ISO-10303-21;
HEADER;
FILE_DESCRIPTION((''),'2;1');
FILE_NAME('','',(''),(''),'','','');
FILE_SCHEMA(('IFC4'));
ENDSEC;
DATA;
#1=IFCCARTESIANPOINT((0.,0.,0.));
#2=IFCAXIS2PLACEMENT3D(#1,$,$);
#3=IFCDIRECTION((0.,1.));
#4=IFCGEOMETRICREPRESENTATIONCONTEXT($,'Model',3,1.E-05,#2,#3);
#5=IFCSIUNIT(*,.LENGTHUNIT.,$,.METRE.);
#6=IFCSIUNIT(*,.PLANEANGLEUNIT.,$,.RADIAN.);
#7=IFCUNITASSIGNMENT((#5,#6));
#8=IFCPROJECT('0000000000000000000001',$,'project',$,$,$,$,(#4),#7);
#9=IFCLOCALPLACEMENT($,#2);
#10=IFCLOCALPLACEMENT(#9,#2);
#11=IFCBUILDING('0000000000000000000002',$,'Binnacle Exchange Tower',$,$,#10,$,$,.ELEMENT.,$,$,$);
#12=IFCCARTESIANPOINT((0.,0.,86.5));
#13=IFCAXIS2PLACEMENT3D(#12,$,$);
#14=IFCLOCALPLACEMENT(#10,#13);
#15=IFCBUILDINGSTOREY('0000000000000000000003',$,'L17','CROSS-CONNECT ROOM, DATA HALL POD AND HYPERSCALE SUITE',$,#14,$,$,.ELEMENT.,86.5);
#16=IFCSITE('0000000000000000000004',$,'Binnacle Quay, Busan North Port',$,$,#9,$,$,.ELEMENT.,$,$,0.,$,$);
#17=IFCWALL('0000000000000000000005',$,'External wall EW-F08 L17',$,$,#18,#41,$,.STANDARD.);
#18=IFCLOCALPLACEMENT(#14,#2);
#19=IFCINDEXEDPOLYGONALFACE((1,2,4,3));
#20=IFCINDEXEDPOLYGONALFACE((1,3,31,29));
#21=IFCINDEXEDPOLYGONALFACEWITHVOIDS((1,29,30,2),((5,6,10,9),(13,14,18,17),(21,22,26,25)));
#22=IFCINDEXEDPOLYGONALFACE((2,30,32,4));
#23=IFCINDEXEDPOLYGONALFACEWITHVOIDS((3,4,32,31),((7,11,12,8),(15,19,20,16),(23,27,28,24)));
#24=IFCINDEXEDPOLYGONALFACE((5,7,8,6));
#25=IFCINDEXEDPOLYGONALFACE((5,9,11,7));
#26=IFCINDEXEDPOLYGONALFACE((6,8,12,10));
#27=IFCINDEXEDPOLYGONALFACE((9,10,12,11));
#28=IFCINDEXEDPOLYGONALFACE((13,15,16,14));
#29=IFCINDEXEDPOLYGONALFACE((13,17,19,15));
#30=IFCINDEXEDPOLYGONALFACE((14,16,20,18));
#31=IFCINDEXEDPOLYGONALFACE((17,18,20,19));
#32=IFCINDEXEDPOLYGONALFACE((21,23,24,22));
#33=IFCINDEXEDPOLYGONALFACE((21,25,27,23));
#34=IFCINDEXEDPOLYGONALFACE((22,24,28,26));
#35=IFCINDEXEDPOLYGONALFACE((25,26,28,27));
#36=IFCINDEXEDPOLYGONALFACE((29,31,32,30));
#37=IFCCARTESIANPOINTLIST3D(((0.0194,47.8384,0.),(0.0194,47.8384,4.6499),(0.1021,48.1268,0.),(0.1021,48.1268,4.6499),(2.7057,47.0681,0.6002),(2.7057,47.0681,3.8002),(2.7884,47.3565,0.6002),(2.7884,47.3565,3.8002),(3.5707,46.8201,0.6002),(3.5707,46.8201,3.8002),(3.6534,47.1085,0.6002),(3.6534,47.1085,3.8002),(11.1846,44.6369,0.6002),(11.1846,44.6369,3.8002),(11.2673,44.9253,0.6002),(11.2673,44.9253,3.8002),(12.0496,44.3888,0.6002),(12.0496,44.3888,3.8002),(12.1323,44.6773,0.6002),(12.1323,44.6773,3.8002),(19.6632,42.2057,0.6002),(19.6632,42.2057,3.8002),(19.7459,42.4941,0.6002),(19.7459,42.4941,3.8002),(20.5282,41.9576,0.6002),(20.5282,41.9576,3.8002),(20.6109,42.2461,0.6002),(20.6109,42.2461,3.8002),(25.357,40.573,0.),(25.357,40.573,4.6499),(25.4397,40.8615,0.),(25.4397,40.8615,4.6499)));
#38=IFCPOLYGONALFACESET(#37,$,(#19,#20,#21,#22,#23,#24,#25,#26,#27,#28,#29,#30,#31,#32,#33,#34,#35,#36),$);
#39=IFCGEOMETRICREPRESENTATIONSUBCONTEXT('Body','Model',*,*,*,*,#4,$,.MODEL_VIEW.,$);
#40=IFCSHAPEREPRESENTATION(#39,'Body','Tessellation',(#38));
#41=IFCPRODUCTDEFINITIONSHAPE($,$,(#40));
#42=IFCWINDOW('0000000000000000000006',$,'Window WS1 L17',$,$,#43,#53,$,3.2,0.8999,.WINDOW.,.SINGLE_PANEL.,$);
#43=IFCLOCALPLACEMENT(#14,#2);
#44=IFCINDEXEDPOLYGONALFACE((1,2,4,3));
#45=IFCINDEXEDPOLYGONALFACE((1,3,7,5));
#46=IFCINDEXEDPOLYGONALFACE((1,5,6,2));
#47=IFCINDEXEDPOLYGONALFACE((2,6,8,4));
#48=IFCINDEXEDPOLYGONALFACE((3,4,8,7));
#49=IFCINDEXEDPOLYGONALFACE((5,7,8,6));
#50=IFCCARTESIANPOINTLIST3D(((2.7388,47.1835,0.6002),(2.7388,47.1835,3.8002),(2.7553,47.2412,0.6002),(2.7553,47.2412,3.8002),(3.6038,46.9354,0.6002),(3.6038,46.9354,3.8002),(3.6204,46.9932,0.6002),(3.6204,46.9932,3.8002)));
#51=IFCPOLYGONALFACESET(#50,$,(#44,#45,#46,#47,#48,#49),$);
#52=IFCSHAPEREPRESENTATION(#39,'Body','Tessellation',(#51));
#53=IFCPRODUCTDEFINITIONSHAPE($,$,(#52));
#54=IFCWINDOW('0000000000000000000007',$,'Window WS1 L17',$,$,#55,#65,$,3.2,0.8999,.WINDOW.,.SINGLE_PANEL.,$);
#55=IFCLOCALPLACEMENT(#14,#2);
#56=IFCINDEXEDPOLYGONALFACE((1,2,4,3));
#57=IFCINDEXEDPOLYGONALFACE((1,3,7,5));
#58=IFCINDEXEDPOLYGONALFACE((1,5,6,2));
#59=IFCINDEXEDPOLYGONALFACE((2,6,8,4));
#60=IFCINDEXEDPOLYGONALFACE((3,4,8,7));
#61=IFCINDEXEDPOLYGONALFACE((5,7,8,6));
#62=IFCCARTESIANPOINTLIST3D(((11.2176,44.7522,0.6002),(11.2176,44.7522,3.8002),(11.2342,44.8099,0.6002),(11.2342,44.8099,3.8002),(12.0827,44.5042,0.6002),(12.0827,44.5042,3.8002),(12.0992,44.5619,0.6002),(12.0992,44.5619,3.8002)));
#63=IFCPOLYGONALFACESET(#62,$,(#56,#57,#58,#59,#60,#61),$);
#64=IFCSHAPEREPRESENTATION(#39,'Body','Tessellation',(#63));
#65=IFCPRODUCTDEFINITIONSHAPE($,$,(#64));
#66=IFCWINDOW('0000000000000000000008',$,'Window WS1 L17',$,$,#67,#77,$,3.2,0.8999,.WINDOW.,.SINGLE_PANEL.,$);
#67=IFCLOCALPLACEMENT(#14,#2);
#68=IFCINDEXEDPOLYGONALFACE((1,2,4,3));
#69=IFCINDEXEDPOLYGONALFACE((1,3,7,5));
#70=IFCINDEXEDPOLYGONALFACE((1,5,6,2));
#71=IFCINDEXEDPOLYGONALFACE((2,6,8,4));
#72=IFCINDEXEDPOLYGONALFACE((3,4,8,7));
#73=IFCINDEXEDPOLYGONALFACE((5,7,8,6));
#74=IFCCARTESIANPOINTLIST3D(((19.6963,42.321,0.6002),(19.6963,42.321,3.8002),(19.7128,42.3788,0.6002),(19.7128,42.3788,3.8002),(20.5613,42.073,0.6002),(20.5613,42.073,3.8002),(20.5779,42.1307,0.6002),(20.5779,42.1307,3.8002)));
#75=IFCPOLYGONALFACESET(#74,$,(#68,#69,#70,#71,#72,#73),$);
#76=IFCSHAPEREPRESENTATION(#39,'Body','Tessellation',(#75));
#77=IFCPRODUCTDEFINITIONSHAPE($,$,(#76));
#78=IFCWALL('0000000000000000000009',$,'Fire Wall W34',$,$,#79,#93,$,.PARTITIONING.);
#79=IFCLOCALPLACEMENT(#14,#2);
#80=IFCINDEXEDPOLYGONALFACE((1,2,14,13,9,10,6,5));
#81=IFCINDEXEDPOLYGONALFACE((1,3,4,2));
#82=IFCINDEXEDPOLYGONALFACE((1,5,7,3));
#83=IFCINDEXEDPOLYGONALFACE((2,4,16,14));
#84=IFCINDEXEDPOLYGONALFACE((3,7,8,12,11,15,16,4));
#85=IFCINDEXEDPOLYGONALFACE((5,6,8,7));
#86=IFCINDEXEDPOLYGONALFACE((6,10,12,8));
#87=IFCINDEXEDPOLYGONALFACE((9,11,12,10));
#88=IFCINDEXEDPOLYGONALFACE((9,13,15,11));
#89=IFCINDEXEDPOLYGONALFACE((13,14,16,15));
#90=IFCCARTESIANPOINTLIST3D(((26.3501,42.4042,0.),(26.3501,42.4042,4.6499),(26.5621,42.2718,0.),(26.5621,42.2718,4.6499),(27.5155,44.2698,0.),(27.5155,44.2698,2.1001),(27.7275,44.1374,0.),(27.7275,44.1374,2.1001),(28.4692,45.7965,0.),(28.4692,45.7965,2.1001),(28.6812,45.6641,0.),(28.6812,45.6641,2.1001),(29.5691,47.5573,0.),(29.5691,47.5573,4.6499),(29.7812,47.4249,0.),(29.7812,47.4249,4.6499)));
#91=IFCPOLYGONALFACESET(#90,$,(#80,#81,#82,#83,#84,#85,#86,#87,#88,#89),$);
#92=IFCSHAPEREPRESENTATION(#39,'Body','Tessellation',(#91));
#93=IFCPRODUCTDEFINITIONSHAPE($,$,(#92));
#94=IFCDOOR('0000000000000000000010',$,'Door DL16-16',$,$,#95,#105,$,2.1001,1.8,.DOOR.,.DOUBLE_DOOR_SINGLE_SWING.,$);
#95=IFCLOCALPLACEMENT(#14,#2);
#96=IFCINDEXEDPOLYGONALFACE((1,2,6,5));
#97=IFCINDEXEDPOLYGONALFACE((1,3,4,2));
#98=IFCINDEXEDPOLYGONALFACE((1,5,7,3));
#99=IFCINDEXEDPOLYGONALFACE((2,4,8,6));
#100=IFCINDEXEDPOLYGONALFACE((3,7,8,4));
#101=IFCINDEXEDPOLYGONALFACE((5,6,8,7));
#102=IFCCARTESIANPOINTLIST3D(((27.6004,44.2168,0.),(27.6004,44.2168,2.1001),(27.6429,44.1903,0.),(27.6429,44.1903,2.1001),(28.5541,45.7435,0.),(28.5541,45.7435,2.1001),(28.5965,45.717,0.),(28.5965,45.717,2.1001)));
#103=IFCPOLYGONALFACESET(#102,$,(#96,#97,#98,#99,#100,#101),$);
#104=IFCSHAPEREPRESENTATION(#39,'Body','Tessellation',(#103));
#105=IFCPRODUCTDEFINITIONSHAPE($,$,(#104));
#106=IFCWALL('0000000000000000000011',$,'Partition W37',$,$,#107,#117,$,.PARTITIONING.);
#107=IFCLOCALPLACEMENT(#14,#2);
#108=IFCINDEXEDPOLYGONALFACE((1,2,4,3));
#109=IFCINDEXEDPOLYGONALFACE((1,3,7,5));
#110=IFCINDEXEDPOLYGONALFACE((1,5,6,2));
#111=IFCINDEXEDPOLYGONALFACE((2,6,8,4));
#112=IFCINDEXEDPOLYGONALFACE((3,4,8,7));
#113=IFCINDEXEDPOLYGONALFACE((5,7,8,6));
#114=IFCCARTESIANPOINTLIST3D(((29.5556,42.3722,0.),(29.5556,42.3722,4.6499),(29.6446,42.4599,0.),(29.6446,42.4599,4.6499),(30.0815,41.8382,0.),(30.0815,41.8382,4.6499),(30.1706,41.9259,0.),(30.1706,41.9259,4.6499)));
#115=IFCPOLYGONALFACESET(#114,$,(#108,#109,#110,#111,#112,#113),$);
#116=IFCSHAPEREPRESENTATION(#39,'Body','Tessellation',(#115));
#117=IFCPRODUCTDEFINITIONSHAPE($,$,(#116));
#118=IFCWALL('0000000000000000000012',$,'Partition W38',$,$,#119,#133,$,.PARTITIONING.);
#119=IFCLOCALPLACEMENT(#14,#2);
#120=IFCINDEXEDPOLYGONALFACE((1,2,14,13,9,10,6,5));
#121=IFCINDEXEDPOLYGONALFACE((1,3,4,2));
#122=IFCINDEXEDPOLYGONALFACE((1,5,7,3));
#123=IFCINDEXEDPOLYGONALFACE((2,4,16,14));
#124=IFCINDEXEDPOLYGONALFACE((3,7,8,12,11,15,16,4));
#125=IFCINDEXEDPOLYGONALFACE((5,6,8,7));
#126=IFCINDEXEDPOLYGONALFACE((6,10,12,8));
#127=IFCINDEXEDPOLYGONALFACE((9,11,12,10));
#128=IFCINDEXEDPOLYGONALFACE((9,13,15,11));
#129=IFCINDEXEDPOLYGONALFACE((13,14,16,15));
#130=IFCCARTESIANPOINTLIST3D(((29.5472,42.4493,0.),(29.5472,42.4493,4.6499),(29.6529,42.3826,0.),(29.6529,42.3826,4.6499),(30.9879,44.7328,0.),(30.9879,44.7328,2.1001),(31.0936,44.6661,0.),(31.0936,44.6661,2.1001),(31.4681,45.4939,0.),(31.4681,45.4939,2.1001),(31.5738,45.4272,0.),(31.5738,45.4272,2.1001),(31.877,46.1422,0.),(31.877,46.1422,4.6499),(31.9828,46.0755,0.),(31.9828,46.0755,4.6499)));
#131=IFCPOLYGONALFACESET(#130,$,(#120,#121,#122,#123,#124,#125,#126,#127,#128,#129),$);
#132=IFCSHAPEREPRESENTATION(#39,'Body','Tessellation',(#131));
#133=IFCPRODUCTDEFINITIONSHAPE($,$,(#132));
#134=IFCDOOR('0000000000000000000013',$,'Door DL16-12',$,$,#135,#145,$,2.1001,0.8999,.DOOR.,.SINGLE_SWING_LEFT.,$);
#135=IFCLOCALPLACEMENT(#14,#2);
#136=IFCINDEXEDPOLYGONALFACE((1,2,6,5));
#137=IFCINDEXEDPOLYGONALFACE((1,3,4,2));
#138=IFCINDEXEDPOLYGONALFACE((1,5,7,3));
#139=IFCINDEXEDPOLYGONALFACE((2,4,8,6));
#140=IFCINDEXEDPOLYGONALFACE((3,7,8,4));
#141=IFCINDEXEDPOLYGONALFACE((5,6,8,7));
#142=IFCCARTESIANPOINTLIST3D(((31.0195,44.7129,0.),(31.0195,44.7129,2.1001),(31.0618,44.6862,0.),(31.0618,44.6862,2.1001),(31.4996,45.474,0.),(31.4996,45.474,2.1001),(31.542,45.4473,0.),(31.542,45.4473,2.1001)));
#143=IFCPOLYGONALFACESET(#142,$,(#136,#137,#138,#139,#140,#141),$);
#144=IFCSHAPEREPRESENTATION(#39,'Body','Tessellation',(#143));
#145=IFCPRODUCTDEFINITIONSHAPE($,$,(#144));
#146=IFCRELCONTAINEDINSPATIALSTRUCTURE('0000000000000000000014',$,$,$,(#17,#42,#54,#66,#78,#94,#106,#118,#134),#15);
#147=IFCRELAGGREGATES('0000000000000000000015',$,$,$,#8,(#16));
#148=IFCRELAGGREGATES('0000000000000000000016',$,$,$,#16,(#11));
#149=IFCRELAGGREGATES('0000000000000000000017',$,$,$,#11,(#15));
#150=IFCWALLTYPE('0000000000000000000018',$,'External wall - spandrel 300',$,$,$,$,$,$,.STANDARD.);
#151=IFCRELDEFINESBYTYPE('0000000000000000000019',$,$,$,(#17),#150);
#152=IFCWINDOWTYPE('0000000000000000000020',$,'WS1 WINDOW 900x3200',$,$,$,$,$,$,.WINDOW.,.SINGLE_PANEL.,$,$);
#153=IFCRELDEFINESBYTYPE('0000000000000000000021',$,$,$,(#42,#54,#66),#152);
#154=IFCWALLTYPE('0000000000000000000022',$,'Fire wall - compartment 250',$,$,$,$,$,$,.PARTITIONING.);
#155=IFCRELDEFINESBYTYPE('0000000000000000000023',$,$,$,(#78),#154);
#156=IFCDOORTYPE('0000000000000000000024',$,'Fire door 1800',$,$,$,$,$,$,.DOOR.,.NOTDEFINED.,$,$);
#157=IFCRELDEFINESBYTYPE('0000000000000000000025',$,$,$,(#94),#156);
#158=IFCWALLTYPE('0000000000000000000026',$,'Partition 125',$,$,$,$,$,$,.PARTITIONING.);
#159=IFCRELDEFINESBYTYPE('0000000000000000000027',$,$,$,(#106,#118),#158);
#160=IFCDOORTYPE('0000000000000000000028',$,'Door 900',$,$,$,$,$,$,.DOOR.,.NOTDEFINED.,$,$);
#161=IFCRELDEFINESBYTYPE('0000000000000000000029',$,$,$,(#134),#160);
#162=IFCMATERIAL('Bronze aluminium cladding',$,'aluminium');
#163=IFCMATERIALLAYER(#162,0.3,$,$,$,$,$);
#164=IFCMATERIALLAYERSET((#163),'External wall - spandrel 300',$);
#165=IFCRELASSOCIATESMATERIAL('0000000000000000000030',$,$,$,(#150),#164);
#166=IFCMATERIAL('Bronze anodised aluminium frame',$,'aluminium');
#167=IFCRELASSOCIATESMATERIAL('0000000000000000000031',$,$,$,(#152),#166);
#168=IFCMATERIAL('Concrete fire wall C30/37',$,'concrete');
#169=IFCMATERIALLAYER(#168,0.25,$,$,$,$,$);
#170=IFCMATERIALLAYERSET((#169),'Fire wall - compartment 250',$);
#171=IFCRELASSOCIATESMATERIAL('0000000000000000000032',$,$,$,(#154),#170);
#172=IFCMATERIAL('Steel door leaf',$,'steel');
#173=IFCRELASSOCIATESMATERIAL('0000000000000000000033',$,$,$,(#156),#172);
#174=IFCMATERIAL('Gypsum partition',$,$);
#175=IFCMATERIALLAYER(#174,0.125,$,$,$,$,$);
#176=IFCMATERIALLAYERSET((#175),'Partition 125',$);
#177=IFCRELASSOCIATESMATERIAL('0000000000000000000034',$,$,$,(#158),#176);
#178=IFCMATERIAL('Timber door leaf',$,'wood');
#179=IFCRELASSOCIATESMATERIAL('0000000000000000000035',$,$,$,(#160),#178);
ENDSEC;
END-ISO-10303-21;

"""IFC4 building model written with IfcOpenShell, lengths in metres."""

from ifc_helpers import new_model, si_unit, direction, frame, frame_2d, origin, place, context, subcontext, project, spatial, rectangle, extrude, material, layer, layer_set, type_object, element, fill, save


model = new_model("IFC4")

# Units and contexts
model_context = context("Model", 3, precision=1e-05, world=origin(), true_north=direction((0.0, 1.0)))
body_context = subcontext(model_context, "Body", "Model", "MODEL_VIEW")
ifc_project = project(units=[si_unit("LENGTHUNIT", "METRE"), si_unit("PLANEANGLEUNIT", "RADIAN")], contexts=[model_context])

# Site, building, storey
site_placement = place(None, origin())
site = spatial("IfcSite", under=ifc_project, at=site_placement, Name="Binnacle Quay, Busan North Port", CompositionType="ELEMENT", RefElevation=0.0)
building_placement = place(site_placement, origin())
building = spatial("IfcBuilding", under=site, at=building_placement, Name="Binnacle Exchange Tower", CompositionType="ELEMENT")
storey_placement = place(building_placement, frame((0.0, 0.0, 86.5)))
storey = spatial("IfcBuildingStorey", under=building, at=storey_placement, Name="L17", Description="CROSS-CONNECT ROOM, DATA HALL POD AND HYPERSCALE SUITE", CompositionType="ELEMENT", Elevation=86.5)

# Wall, openings, windows
ifc_material_1 = material(Name="Bronze aluminium cladding", Category="aluminium")
ifc_layer_1 = layer(ifc_material_1, 0.3)
ifc_layer_set_1 = layer_set([ifc_layer_1], Name="External wall - spandrel 300")
wall_type_1 = type_object("IfcWallType", Name="External wall - spandrel 300", PredefinedType="STANDARD", material=ifc_layer_set_1)
wall_1_placement = place(storey_placement, frame((25.3982, 40.7173, 0.0), z_axis=(0.0, 0.0, 1.0), x_axis=(-0.961262, 0.275635, 0.0)))
wall_1 = element("IfcWall", 1, at=wall_1_placement, inside=storey, type_object=wall_type_1, Name="External wall EW-F08 L17", PredefinedType="STANDARD", context=body_context, shape_type="SweptSolid", body=[
    extrude(rectangle(XDim=26.3586, YDim=0.3, at=frame_2d((13.1792, 0.0))), origin(), (0.0, 0.0, 1.0), 4.6499),
])
opening_1_placement = place(wall_1_placement, frame((22.6641, 0.0, 0.6001)))
opening_1 = element("IfcOpeningElement", 2, at=opening_1_placement, cuts=wall_1, PredefinedType="OPENING", context=body_context, shape_type="SweptSolid", body=[
    extrude(rectangle(XDim=0.8999, YDim=3.2, at=frame_2d((0.45, 1.6001))), frame((0.0, 0.1599, 0.0), z_axis=(0.0, -1.0, 0.0), x_axis=(1.0, 0.0, 0.0)), (0.0, 0.0, 1.0), 0.3201),
])
opening_2_placement = place(wall_1_placement, frame((13.8435, 0.0, 0.6001)))
opening_2 = element("IfcOpeningElement", 3, at=opening_2_placement, cuts=wall_1, PredefinedType="OPENING", context=body_context, shape_type="SweptSolid", body=[
    extrude(rectangle(XDim=0.8999, YDim=3.2, at=frame_2d((0.45, 1.6001))), frame((0.0, 0.1599, 0.0), z_axis=(0.0, -1.0, 0.0), x_axis=(1.0, 0.0, 0.0)), (0.0, 0.0, 1.0), 0.3201),
])
opening_3_placement = place(wall_1_placement, frame((5.0232, 0.0, 0.6001)))
opening_3 = element("IfcOpeningElement", 4, at=opening_3_placement, cuts=wall_1, PredefinedType="OPENING", context=body_context, shape_type="SweptSolid", body=[
    extrude(rectangle(XDim=0.8999, YDim=3.2, at=frame_2d((0.45, 1.6001))), frame((0.0, 0.1599, 0.0), z_axis=(0.0, -1.0, 0.0), x_axis=(1.0, 0.0, 0.0)), (0.0, 0.0, 1.0), 0.3201),
])
ifc_material_2 = material(Name="Bronze anodised aluminium frame", Category="aluminium")
window_type = type_object("IfcWindowType", Name="WS1 WINDOW 900x3200", PartitioningType="SINGLE_PANEL", PredefinedType="WINDOW", material=ifc_material_2)
window_1_placement = place(opening_1_placement, origin())
window_1 = element("IfcWindow", 5, at=window_1_placement, inside=storey, type_object=window_type, Name="Window WS1 L17", OverallHeight=3.2, OverallWidth=0.8999, PartitioningType="SINGLE_PANEL", PredefinedType="WINDOW", context=body_context, shape_type="SweptSolid", body=[
    extrude(rectangle(XDim=0.8999, YDim=3.2, at=frame_2d((0.45, 1.6001))), frame((0.0, 0.03, 0.0), z_axis=(0.0, -1.0, 0.0), x_axis=(1.0, 0.0, 0.0)), (0.0, 0.0, 1.0), 0.0601),
])
fill(opening_1, window_1)
window_2_placement = place(opening_2_placement, origin())
window_2 = element("IfcWindow", 6, at=window_2_placement, inside=storey, type_object=window_type, Name="Window WS1 L17", OverallHeight=3.2, OverallWidth=0.8999, PartitioningType="SINGLE_PANEL", PredefinedType="WINDOW", context=body_context, shape_type="SweptSolid", body=[
    extrude(rectangle(XDim=0.8999, YDim=3.2, at=frame_2d((0.45, 1.6001))), frame((0.0, 0.03, 0.0), z_axis=(0.0, -1.0, 0.0), x_axis=(1.0, 0.0, 0.0)), (0.0, 0.0, 1.0), 0.0601),
])
fill(opening_2, window_2)
window_3_placement = place(opening_3_placement, origin())
window_3 = element("IfcWindow", 7, at=window_3_placement, inside=storey, type_object=window_type, Name="Window WS1 L17", OverallHeight=3.2, OverallWidth=0.8999, PartitioningType="SINGLE_PANEL", PredefinedType="WINDOW", context=body_context, shape_type="SweptSolid", body=[
    extrude(rectangle(XDim=0.8999, YDim=3.2, at=frame_2d((0.45, 1.6001))), frame((0.0, 0.03, 0.0), z_axis=(0.0, -1.0, 0.0), x_axis=(1.0, 0.0, 0.0)), (0.0, 0.0, 1.0), 0.0601),
])
fill(opening_3, window_3)

# Wall, opening, door
ifc_material_3 = material(Name="Concrete fire wall C30/37", Category="concrete")
ifc_layer_2 = layer(ifc_material_3, 0.25)
ifc_layer_set_2 = layer_set([ifc_layer_2], Name="Fire wall - compartment 250")
wall_type_2 = type_object("IfcWallType", Name="Fire wall - compartment 250", PredefinedType="PARTITIONING", material=ifc_layer_set_2)
wall_2_placement = place(storey_placement, frame((26.4561, 42.3379, 0.0), z_axis=(0.0, 0.0, 1.0), x_axis=(0.5298, 0.848122, 0.0)))
wall_2 = element("IfcWall", 8, at=wall_2_placement, inside=storey, type_object=wall_type_2, Name="Fire Wall W34", PredefinedType="PARTITIONING", context=body_context, shape_type="SweptSolid", body=[
    extrude(rectangle(XDim=6.0759, YDim=0.25, at=frame_2d((3.0381, 0.0))), origin(), (0.0, 0.0, 1.0), 4.6499),
])
opening_4_placement = place(wall_2_placement, frame((2.2, 0.0, 0.0)))
opening_4 = element("IfcOpeningElement", 9, at=opening_4_placement, cuts=wall_2, PredefinedType="OPENING", context=body_context, shape_type="SweptSolid", body=[
    extrude(rectangle(XDim=1.8, YDim=2.1001, at=frame_2d((0.8999, 1.05))), frame((0.0, 0.135, 0.0), z_axis=(0.0, -1.0, 0.0), x_axis=(1.0, 0.0, 0.0)), (0.0, 0.0, 1.0), 0.27),
])
ifc_material_4 = material(Name="Steel door leaf", Category="steel")
door_type_1 = type_object("IfcDoorType", Name="Fire door 1800", OperationType="NOTDEFINED", PredefinedType="DOOR", material=ifc_material_4)
door_1_placement = place(opening_4_placement, origin())
door_1 = element("IfcDoor", 10, at=door_1_placement, inside=storey, type_object=door_type_1, Name="Door DL16-16", OperationType="DOUBLE_DOOR_SINGLE_SWING", OverallHeight=2.1001, OverallWidth=1.8, PredefinedType="DOOR", context=body_context, shape_type="SweptSolid", body=[
    extrude(rectangle(XDim=1.8, YDim=2.1001, at=frame_2d((0.8999, 1.05))), frame((0.0, 0.0249, 0.0), z_axis=(0.0, -1.0, 0.0), x_axis=(1.0, 0.0, 0.0)), (0.0, 0.0, 1.0), 0.05),
])
fill(opening_4, door_1)

# Wall
ifc_material_5 = material(Name="Gypsum partition")
ifc_layer_3 = layer(ifc_material_5, 0.125)
ifc_layer_set_3 = layer_set([ifc_layer_3], Name="Partition 125")
wall_type_3 = type_object("IfcWallType", Name="Partition 125", PredefinedType="PARTITIONING", material=ifc_layer_set_3)
wall_3_placement = place(storey_placement, frame((29.6001, 42.416, 0.0), z_axis=(0.0, 0.0, 1.0), x_axis=(0.701711, -0.712462, 0.0)))
element("IfcWall", 11, at=wall_3_placement, inside=storey, type_object=wall_type_3, Name="Partition W37", PredefinedType="PARTITIONING", context=body_context, shape_type="SweptSolid", body=[
    extrude(rectangle(XDim=0.7495, YDim=0.125, at=frame_2d((0.3748, 0.0))), origin(), (0.0, 0.0, 1.0), 4.6499),
])

# Wall, opening, door
wall_4_placement = place(storey_placement, frame((29.6001, 42.416, 0.0), z_axis=(0.0, 0.0, 1.0), x_axis=(0.533583, 0.845748, 0.0)))
wall_4 = element("IfcWall", 12, at=wall_4_placement, inside=storey, type_object=wall_type_3, Name="Partition W38", PredefinedType="PARTITIONING", context=body_context, shape_type="SweptSolid", body=[
    extrude(rectangle(XDim=4.3665, YDim=0.125, at=frame_2d((2.1831, 0.0))), origin(), (0.0, 0.0, 1.0), 4.6499),
])
opening_5_placement = place(wall_4_placement, frame((2.7, 0.0, 0.0)))
opening_5 = element("IfcOpeningElement", 13, at=opening_5_placement, cuts=wall_4, PredefinedType="OPENING", context=body_context, shape_type="SweptSolid", body=[
    extrude(rectangle(XDim=0.8999, YDim=2.1001, at=frame_2d((0.45, 1.05))), frame((0.0, 0.0725, 0.0), z_axis=(0.0, -1.0, 0.0), x_axis=(1.0, 0.0, 0.0)), (0.0, 0.0, 1.0), 0.145),
])
ifc_material_6 = material(Name="Timber door leaf", Category="wood")
door_type_2 = type_object("IfcDoorType", Name="Door 900", OperationType="NOTDEFINED", PredefinedType="DOOR", material=ifc_material_6)
door_2_placement = place(opening_5_placement, frame((0.8999, 0.0, 0.0), z_axis=(0.0, 0.0, 1.0), x_axis=(-1.0, 0.0, 0.0)))
door_2 = element("IfcDoor", 14, at=door_2_placement, inside=storey, type_object=door_type_2, Name="Door DL16-12", OperationType="SINGLE_SWING_LEFT", OverallHeight=2.1001, OverallWidth=0.8999, PredefinedType="DOOR", context=body_context, shape_type="SweptSolid", body=[
    extrude(rectangle(XDim=0.8999, YDim=2.1001, at=frame_2d((0.45, 1.05))), frame((0.0, 0.0249, 0.0), z_axis=(0.0, -1.0, 0.0), x_axis=(1.0, 0.0, 0.0)), (0.0, 0.0, 1.0), 0.05),
])
fill(opening_5, door_2)

save(model, "model.ifc")
